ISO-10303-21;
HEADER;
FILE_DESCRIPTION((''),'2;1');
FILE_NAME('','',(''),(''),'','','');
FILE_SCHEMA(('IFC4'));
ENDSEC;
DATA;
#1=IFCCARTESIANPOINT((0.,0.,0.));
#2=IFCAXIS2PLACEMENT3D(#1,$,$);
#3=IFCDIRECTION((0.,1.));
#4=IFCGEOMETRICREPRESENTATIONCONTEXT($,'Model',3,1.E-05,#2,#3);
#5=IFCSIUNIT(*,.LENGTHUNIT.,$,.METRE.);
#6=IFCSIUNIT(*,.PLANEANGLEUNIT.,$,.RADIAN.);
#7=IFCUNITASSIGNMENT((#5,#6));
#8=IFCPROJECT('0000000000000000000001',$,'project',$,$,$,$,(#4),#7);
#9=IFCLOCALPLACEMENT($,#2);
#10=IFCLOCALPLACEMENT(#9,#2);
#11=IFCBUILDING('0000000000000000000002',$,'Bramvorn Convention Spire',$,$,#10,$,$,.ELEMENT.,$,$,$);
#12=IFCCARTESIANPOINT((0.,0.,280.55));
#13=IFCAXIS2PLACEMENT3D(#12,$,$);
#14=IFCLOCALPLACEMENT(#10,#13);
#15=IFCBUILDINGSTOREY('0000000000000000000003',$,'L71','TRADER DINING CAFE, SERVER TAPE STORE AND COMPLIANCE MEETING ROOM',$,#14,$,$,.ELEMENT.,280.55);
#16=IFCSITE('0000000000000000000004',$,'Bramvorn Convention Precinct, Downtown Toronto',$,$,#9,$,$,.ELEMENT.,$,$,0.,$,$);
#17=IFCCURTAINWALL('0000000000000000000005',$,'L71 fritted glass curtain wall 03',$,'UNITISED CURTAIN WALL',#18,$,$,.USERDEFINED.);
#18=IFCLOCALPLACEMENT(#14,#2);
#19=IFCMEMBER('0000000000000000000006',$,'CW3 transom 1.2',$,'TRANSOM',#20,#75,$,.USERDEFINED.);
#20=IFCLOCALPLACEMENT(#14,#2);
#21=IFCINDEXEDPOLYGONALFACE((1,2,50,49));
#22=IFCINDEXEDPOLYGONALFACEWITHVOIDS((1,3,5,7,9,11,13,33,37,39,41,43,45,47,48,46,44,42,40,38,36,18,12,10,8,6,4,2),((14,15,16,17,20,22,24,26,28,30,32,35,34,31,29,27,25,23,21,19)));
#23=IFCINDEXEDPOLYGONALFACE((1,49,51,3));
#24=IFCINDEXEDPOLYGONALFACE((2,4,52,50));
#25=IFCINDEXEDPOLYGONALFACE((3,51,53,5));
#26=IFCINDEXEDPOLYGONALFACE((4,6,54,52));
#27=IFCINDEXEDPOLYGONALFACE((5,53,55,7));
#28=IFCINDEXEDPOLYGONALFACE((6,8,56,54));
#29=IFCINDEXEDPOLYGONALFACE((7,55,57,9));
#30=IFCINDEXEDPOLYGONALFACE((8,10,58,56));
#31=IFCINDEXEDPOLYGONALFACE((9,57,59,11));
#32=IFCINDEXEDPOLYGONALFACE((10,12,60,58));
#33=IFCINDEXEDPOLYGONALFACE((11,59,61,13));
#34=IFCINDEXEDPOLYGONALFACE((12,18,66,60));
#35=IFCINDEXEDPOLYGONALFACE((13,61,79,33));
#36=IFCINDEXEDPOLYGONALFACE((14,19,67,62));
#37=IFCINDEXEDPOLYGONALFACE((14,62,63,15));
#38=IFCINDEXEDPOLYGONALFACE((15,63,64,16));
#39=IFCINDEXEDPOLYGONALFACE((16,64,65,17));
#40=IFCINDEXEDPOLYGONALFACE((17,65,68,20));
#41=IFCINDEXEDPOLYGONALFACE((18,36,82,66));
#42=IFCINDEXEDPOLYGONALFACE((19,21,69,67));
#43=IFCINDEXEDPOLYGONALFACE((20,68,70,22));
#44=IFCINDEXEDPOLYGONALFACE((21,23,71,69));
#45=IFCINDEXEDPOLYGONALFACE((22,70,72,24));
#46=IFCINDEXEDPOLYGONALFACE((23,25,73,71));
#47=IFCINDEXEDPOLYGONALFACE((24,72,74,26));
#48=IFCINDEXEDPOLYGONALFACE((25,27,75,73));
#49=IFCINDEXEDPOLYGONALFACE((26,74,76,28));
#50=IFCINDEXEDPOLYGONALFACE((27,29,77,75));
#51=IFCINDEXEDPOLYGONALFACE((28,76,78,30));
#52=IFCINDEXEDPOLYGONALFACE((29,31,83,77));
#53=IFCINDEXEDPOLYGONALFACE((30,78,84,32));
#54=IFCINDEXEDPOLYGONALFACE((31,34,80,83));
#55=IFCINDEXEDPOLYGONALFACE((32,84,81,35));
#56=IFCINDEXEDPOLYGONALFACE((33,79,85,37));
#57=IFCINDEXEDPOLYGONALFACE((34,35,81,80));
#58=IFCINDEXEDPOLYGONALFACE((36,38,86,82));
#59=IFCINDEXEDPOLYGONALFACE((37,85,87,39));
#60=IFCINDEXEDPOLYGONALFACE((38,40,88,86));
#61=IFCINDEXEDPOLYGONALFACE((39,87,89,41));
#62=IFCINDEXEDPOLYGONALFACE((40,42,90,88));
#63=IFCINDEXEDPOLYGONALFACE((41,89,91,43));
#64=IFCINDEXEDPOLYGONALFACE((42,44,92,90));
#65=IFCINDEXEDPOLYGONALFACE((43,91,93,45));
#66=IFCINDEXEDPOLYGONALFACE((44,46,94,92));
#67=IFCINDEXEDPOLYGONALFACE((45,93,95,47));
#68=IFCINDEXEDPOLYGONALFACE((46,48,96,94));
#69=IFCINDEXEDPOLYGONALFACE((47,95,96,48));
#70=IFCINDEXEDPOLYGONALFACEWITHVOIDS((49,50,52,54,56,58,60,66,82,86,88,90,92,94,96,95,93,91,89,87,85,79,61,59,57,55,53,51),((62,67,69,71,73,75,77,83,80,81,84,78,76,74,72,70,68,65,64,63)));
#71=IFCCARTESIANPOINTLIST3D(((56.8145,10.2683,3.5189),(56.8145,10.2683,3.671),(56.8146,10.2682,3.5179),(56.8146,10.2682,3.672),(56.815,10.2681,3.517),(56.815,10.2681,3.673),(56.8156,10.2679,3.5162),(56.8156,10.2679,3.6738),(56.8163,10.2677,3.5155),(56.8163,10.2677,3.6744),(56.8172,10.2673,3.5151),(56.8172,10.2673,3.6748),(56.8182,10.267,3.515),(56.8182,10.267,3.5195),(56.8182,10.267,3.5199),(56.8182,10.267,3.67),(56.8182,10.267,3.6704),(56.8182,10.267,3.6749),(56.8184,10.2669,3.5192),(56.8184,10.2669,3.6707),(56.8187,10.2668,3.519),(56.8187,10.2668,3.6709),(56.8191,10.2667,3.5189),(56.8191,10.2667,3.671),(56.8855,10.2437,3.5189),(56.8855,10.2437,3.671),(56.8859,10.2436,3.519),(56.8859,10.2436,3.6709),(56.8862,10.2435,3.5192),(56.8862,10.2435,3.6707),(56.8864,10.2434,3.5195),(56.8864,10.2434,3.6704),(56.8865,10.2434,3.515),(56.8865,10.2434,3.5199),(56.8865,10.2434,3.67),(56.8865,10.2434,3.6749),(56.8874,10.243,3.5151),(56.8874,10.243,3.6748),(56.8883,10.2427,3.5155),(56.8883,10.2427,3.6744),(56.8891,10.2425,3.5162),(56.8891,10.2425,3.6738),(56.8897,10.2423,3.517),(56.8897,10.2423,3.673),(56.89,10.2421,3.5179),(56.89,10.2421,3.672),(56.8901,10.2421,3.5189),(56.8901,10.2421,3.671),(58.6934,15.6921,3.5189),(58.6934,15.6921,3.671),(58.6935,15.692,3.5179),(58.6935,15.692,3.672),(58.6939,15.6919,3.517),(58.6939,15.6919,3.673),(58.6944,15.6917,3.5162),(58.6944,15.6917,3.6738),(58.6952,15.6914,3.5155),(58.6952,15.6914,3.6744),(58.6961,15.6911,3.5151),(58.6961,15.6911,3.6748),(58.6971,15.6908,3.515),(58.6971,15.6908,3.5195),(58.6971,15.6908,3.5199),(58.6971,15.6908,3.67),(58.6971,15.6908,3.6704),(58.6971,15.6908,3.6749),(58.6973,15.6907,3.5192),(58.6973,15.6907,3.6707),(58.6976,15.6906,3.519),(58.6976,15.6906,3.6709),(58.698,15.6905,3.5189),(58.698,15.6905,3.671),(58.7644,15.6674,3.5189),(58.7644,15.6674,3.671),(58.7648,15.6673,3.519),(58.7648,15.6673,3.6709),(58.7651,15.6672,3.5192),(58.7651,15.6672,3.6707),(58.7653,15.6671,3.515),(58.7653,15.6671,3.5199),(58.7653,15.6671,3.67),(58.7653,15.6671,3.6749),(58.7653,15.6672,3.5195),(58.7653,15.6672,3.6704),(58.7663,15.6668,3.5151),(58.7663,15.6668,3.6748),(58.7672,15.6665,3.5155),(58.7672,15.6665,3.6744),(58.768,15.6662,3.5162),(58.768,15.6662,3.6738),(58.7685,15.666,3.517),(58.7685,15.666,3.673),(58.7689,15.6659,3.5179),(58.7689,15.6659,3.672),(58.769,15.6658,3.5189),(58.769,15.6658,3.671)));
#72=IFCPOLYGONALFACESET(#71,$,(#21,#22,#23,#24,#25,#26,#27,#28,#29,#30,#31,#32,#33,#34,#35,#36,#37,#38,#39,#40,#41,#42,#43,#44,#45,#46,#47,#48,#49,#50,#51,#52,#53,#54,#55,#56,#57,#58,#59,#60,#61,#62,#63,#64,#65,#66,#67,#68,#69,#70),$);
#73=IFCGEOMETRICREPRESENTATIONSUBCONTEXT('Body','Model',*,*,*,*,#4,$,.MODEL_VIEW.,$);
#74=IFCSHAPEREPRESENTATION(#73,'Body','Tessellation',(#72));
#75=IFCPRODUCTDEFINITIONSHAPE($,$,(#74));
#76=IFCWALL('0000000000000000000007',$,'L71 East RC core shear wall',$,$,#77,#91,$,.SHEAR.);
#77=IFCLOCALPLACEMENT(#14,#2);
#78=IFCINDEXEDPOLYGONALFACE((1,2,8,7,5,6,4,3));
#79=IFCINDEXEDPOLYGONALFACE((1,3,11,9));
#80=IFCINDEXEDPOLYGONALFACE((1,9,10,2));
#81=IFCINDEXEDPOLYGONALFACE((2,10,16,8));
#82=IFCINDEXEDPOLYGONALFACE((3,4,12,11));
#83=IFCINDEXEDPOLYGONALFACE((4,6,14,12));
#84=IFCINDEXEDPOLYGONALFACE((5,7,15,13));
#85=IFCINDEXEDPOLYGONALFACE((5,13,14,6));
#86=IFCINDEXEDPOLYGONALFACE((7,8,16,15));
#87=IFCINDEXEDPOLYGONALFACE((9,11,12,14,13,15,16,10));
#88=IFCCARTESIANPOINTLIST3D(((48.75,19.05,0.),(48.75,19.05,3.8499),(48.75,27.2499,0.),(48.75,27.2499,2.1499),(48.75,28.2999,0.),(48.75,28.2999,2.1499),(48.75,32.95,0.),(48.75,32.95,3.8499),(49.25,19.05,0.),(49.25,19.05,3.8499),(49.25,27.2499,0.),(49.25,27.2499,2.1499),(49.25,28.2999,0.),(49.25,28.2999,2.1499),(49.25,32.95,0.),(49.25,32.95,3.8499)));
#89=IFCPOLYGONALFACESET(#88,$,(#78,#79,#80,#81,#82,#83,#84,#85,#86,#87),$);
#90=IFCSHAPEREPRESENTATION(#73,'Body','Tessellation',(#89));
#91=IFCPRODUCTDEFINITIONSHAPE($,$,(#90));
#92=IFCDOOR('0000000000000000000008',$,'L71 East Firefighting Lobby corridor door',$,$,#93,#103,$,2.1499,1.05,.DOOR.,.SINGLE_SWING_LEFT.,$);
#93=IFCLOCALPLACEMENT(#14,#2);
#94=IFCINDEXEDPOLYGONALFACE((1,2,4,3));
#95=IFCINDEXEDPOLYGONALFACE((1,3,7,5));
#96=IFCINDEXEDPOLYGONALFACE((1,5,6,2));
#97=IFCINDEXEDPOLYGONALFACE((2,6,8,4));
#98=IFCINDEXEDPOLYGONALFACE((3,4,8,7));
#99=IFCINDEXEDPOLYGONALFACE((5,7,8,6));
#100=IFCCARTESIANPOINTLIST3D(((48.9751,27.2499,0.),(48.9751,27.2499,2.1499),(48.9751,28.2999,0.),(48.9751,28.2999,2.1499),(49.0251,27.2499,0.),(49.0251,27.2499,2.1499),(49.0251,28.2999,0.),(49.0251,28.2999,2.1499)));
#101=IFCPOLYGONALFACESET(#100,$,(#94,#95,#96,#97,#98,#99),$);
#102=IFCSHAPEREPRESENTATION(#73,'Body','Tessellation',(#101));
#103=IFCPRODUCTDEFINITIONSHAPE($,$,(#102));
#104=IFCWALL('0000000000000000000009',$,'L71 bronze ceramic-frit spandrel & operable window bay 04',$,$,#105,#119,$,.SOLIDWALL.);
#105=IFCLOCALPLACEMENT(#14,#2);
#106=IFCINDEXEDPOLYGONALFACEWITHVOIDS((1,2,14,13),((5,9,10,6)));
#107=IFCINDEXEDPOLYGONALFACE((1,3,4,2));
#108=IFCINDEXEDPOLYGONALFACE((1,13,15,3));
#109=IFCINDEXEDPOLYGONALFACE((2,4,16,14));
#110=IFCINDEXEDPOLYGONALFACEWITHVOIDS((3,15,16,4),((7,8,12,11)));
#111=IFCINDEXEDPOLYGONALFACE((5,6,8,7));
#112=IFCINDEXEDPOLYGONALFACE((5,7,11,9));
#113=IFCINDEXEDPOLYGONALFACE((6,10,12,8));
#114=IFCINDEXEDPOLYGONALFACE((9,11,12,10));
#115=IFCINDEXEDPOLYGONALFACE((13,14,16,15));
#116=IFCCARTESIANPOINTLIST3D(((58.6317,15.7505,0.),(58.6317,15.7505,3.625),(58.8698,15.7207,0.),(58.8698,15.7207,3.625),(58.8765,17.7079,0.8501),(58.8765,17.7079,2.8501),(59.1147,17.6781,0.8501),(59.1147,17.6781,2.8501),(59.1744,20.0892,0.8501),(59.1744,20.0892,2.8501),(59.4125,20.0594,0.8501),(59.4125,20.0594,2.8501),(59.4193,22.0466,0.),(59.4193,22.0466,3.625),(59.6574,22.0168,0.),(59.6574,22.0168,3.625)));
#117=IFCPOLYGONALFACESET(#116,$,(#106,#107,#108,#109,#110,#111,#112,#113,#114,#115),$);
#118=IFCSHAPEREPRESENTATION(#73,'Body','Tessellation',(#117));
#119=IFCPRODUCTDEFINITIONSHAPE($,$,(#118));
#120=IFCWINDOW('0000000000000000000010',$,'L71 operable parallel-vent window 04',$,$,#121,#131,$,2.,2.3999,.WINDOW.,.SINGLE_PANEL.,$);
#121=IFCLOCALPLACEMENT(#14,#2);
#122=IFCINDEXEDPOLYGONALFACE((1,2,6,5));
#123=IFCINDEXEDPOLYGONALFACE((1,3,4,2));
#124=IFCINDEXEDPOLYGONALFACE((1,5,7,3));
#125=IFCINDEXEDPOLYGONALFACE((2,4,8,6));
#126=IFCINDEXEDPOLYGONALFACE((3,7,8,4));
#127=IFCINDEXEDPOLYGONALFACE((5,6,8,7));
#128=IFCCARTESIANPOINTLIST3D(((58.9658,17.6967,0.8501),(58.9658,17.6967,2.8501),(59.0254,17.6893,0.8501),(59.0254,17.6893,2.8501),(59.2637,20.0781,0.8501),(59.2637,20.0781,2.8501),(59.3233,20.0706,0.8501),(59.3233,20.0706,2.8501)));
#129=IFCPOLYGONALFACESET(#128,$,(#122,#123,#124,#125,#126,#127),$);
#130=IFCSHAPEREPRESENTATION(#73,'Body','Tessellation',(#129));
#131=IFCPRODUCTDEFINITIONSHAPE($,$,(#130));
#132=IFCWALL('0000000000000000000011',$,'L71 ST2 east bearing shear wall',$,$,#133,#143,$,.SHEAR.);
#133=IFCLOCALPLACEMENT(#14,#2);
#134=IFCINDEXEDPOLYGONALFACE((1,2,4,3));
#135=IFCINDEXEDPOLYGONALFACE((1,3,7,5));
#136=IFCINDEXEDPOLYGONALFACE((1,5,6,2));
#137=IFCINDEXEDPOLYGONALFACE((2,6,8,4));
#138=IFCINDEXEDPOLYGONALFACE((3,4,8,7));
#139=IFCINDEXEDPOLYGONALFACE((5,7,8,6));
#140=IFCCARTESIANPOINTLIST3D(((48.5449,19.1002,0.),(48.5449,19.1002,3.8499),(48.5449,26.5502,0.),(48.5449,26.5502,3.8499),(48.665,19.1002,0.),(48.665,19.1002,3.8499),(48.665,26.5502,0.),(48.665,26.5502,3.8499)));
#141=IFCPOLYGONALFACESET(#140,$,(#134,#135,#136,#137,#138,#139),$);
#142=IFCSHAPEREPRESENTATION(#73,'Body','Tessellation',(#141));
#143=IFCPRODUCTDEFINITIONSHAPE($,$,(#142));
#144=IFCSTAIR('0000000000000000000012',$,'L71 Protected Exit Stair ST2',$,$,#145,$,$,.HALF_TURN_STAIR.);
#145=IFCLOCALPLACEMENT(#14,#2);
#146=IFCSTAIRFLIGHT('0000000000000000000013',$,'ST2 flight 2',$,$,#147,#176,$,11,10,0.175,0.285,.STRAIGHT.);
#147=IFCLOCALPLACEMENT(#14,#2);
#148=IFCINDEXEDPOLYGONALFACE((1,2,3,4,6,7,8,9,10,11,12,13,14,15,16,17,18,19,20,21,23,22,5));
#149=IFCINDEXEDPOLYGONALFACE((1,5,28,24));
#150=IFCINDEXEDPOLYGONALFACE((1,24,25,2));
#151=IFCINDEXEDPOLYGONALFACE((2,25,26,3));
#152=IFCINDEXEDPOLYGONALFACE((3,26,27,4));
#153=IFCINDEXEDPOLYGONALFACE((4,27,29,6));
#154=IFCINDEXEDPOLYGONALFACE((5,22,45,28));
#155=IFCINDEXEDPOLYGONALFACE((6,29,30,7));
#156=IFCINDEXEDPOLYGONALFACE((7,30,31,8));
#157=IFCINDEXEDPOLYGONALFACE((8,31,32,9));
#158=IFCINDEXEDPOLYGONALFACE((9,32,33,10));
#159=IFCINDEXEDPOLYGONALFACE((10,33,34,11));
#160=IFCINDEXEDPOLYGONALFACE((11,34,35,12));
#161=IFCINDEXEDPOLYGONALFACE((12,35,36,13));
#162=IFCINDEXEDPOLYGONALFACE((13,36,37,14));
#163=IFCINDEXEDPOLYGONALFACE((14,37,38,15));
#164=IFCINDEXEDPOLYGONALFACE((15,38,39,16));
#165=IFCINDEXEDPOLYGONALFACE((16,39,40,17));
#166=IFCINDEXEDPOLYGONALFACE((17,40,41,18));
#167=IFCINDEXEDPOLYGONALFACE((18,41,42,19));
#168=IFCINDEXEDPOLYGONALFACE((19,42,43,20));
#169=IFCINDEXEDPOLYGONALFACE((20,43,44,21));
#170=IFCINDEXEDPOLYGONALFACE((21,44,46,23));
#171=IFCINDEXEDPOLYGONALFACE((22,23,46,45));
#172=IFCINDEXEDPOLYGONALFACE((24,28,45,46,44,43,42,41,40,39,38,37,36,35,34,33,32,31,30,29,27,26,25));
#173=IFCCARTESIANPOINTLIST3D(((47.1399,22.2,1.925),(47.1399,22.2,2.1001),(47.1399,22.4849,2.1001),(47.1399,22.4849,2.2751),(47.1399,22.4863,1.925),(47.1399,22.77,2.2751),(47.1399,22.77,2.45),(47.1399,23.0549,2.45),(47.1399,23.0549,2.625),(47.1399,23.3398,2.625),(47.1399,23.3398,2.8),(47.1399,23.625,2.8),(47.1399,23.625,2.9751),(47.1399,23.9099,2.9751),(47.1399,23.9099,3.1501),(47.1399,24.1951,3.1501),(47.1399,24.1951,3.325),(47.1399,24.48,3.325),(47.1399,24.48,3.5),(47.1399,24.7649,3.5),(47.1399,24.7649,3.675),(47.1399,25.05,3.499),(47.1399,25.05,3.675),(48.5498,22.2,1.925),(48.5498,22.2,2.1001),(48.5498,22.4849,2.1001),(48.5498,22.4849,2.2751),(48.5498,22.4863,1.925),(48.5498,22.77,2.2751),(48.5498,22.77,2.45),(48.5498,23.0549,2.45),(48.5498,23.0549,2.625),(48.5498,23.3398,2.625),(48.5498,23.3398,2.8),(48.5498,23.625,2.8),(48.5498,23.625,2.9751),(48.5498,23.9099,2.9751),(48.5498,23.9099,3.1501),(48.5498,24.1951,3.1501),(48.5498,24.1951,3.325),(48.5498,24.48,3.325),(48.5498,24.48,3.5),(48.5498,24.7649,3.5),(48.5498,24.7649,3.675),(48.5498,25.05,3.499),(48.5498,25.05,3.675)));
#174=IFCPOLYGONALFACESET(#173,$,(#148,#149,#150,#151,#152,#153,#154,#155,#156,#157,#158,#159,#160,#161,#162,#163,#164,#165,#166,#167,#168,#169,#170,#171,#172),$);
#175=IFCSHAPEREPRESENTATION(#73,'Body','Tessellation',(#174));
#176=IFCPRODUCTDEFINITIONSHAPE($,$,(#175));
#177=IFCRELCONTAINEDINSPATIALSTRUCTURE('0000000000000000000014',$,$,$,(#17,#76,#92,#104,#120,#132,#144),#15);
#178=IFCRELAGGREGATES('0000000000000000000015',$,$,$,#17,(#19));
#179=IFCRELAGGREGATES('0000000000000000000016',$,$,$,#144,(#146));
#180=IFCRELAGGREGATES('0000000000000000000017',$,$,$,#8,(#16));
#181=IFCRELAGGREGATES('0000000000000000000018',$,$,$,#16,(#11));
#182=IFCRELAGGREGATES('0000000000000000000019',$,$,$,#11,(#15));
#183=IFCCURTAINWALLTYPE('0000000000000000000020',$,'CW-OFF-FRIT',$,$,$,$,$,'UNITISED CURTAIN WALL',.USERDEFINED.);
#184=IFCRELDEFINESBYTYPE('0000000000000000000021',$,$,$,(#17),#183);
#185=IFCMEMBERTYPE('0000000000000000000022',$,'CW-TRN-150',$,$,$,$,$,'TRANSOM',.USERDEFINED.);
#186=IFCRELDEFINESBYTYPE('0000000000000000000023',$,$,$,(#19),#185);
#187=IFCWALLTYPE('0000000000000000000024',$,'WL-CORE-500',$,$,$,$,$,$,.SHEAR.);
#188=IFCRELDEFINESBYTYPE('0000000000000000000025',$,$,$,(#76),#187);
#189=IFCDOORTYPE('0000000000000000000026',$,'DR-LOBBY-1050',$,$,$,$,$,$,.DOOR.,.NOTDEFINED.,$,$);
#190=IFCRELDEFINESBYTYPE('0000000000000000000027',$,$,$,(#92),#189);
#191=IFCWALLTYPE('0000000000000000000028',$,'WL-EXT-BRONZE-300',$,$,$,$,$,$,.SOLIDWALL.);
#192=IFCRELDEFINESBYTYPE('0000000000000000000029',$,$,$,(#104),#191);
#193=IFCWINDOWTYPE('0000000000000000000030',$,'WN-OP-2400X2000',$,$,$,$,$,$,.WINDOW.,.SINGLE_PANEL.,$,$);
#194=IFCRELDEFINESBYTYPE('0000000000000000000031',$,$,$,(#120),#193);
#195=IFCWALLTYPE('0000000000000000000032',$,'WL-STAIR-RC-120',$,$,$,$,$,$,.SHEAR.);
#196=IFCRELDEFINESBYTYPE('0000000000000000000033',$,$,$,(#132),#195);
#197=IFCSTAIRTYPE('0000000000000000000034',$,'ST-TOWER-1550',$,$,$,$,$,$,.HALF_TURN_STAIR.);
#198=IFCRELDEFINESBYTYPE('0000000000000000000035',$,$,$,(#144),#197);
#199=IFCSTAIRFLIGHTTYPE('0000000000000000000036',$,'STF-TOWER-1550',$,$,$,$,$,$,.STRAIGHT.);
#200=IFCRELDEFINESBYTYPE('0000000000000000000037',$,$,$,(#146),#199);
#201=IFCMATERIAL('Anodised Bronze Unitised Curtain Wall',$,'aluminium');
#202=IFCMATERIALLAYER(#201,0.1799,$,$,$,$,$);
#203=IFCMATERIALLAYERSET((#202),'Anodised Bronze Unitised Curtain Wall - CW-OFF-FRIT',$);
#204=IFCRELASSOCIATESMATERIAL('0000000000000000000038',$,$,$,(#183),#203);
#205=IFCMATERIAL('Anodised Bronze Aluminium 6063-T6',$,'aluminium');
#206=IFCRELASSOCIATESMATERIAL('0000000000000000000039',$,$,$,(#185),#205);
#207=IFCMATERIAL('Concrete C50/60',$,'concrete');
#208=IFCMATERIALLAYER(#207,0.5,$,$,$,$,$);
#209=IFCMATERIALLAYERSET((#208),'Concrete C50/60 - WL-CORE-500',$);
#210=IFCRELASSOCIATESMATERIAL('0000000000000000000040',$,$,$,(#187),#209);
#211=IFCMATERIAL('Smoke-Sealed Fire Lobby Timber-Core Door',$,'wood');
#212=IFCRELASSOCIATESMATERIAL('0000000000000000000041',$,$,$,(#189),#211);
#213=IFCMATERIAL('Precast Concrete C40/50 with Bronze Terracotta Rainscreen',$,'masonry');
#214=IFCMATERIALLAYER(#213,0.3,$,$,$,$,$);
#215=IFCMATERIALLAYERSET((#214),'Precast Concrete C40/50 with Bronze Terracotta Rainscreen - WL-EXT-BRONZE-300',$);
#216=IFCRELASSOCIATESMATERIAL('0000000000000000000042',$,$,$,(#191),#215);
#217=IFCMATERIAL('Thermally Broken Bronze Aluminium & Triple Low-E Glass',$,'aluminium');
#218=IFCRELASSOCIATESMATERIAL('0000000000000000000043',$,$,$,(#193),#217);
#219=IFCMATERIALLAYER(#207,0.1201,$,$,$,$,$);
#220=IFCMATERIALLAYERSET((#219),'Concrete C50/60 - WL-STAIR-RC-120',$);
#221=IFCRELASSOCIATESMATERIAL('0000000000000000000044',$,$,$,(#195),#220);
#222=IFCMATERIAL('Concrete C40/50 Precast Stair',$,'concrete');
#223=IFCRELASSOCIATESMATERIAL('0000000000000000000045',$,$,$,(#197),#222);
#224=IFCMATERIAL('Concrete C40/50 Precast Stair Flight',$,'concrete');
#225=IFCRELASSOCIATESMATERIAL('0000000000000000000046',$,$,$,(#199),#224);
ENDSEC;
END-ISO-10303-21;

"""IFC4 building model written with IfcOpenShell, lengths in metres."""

from ifc_helpers import new_model, si_unit, direction, frame, frame_2d, origin, origin_2d, place, context, subcontext, project, spatial, polyline, rectangle, hollow_rectangle, outline, extrude, material, layer, layer_set, material_profile, profile_set, type_object, element, fill, aggregate, save


model = new_model("IFC4")

# Units and contexts
model_context = context("Model", 3, precision=1e-05, world=origin(), true_north=direction((0.0, 1.0)))
body_context = subcontext(model_context, "Body", "Model", "MODEL_VIEW")
ifc_project = project(units=[si_unit("LENGTHUNIT", "METRE"), si_unit("PLANEANGLEUNIT", "RADIAN")], contexts=[model_context])

# Site, building, storey
site_placement = place(None, origin())
site = spatial("IfcSite", under=ifc_project, at=site_placement, Name="Bramvorn Convention Precinct, Downtown Toronto", CompositionType="ELEMENT", RefElevation=0.0)
building_placement = place(site_placement, origin())
building = spatial("IfcBuilding", under=site, at=building_placement, Name="Bramvorn Convention Spire", CompositionType="ELEMENT")
storey_placement = place(building_placement, frame((0.0, 0.0, 280.55)))
storey = spatial("IfcBuildingStorey", under=building, at=storey_placement, Name="L71", Description="TRADER DINING CAFE, SERVER TAPE STORE AND COMPLIANCE MEETING ROOM", CompositionType="ELEMENT", Elevation=280.55)

# Curtain wall, member
ifc_material_1 = material(Name="Anodised Bronze Unitised Curtain Wall", Category="aluminium")
ifc_layer_1 = layer(ifc_material_1, 0.1799)
ifc_layer_set_1 = layer_set([ifc_layer_1], Name="Anodised Bronze Unitised Curtain Wall - CW-OFF-FRIT")
curtain_wall_type = type_object("IfcCurtainWallType", Name="CW-OFF-FRIT", ElementType="UNITISED CURTAIN WALL", PredefinedType="USERDEFINED", material=ifc_layer_set_1)
curtain_wall_placement = place(storey_placement, origin())
curtain_wall = element("IfcCurtainWall", 1, at=curtain_wall_placement, inside=storey, type_object=curtain_wall_type, Name="L71 fritted glass curtain wall 03", ObjectType="UNITISED CURTAIN WALL", PredefinedType="USERDEFINED")
ifc_material_2 = material(Name="Anodised Bronze Aluminium 6063-T6", Category="aluminium")
ifc_material_profile_1 = material_profile(ifc_material_2, hollow_rectangle(XDim=0.0801, YDim=0.1599, WallThickness=0.0039, InnerFilletRadius=0.001, OuterFilletRadius=0.0039, at=origin_2d()))
ifc_profile_set_1 = profile_set([ifc_material_profile_1], Name="Anodised Bronze Aluminium 6063-T6 - CWT80X160")
member_type_1 = type_object("IfcMemberType", Name="CW-TRN-150", ElementType="TRANSOM", PredefinedType="USERDEFINED", material=ifc_profile_set_1)
member_1_placement = place(storey_placement, frame((58.7312, 15.679, 3.595), z_axis=(-0.327333, -0.944909, 0.0), x_axis=(0.944909, -0.327333, 0.0)))
member_1 = element("IfcMember", 2, at=member_1_placement, type_object=member_type_1, Name="CW3 transom 1.2", ObjectType="TRANSOM", PredefinedType="USERDEFINED", context=body_context, shape_type="SweptSolid", body=[
    extrude(hollow_rectangle(XDim=0.0801, YDim=0.1599, WallThickness=0.0039, InnerFilletRadius=0.001, OuterFilletRadius=0.0039, at=origin_2d()), origin(), (0.0, 0.0, 1.0), 5.74),
])
aggregate(curtain_wall, [member_1])

# Wall, opening, door
ifc_material_3 = material(Name="Concrete C50/60", Category="concrete")
ifc_layer_2 = layer(ifc_material_3, 0.5)
ifc_layer_set_2 = layer_set([ifc_layer_2], Name="Concrete C50/60 - WL-CORE-500")
wall_type_1 = type_object("IfcWallType", Name="WL-CORE-500", PredefinedType="SHEAR", material=ifc_layer_set_2)
wall_1_placement = place(storey_placement, frame((49.0, 19.05, 0.0), z_axis=(0.0, 0.0, 1.0), x_axis=(0.0, 1.0, 0.0)))
wall_1 = element("IfcWall", 3, at=wall_1_placement, inside=storey, type_object=wall_type_1, Name="L71 East RC core shear wall", PredefinedType="SHEAR", context=body_context, shape_type="SweptSolid", body=[
    extrude(rectangle(XDim=13.8999, YDim=0.5, at=frame_2d((6.95, 0.0))), origin(), (0.0, 0.0, 1.0), 3.8499),
])
opening_1_placement = place(wall_1_placement, frame((8.2, 0.0, 0.0)))
opening_1 = element("IfcOpeningElement", 4, at=opening_1_placement, cuts=wall_1, PredefinedType="OPENING", context=body_context, shape_type="SweptSolid", body=[
    extrude(rectangle(XDim=1.05, YDim=2.1499, at=frame_2d((0.5249, 1.075))), frame((0.0, 0.26, 0.0), z_axis=(0.0, -1.0, 0.0), x_axis=(1.0, 0.0, 0.0)), (0.0, 0.0, 1.0), 0.52),
])
ifc_material_4 = material(Name="Smoke-Sealed Fire Lobby Timber-Core Door", Category="wood")
door_type = type_object("IfcDoorType", Name="DR-LOBBY-1050", OperationType="NOTDEFINED", PredefinedType="DOOR", material=ifc_material_4)
door_placement = place(opening_1_placement, origin())
door = element("IfcDoor", 5, at=door_placement, inside=storey, type_object=door_type, Name="L71 East Firefighting Lobby corridor door", OperationType="SINGLE_SWING_LEFT", OverallHeight=2.1499, OverallWidth=1.05, PredefinedType="DOOR", context=body_context, shape_type="SweptSolid", body=[
    extrude(rectangle(XDim=1.05, YDim=2.1499, at=frame_2d((0.5249, 1.075))), frame((0.0, 0.0249, 0.0), z_axis=(0.0, -1.0, 0.0), x_axis=(1.0, 0.0, 0.0)), (0.0, 0.0, 1.0), 0.05),
])
fill(opening_1, door)

# Wall, opening, window
ifc_material_5 = material(Name="Precast Concrete C40/50 with Bronze Terracotta Rainscreen", Category="masonry")
ifc_layer_3 = layer(ifc_material_5, 0.3)
ifc_layer_set_3 = layer_set([ifc_layer_3], Name="Precast Concrete C40/50 with Bronze Terracotta Rainscreen - WL-EXT-BRONZE-300")
wall_type_2 = type_object("IfcWallType", Name="WL-EXT-BRONZE-300", PredefinedType="SOLIDWALL", material=ifc_layer_set_3)
wall_2_placement = place(storey_placement, frame((59.5383, 22.0317, 0.0), z_axis=(0.0, 0.0, 1.0), x_axis=(-0.124125, -0.992267, 0.0)))
wall_2 = element("IfcWall", 6, at=wall_2_placement, inside=storey, type_object=wall_type_2, Name="L71 bronze ceramic-frit spandrel & operable window bay 04", PredefinedType="SOLIDWALL", context=body_context, shape_type="SweptSolid", body=[
    extrude(rectangle(XDim=6.3452, YDim=0.24, at=frame_2d((3.1726, 0.0))), origin(), (0.0, 0.0, 1.0), 3.625),
])
opening_2_placement = place(wall_2_placement, frame((1.9727, 0.0, 0.8501)))
opening_2 = element("IfcOpeningElement", 7, at=opening_2_placement, cuts=wall_2, PredefinedType="OPENING", context=body_context, shape_type="SweptSolid", body=[
    extrude(rectangle(XDim=2.3999, YDim=2.0, at=frame_2d((1.2, 1.0))), frame((0.0, 0.1299, 0.0), z_axis=(0.0, -1.0, 0.0), x_axis=(1.0, 0.0, 0.0)), (0.0, 0.0, 1.0), 0.26),
])
ifc_material_6 = material(Name="Thermally Broken Bronze Aluminium & Triple Low-E Glass", Category="aluminium")
window_type = type_object("IfcWindowType", Name="WN-OP-2400X2000", PartitioningType="SINGLE_PANEL", PredefinedType="WINDOW", material=ifc_material_6)
window_placement = place(opening_2_placement, origin())
window = element("IfcWindow", 8, at=window_placement, inside=storey, type_object=window_type, Name="L71 operable parallel-vent window 04", OverallHeight=2.0, OverallWidth=2.3999, PartitioningType="SINGLE_PANEL", PredefinedType="WINDOW", context=body_context, shape_type="SweptSolid", body=[
    extrude(rectangle(XDim=2.3999, YDim=2.0, at=frame_2d((1.2, 1.0))), frame((0.0, 0.03, 0.0), z_axis=(0.0, -1.0, 0.0), x_axis=(1.0, 0.0, 0.0)), (0.0, 0.0, 1.0), 0.0601),
])
fill(opening_2, window)

# Wall
ifc_layer_4 = layer(ifc_material_3, 0.1201)
ifc_layer_set_4 = layer_set([ifc_layer_4], Name="Concrete C50/60 - WL-STAIR-RC-120")
wall_type_3 = type_object("IfcWallType", Name="WL-STAIR-RC-120", PredefinedType="SHEAR", material=ifc_layer_set_4)
wall_3_placement = place(storey_placement, frame((48.605, 19.1001, 0.0), z_axis=(0.0, 0.0, 1.0), x_axis=(0.0, 1.0, 0.0)))
element("IfcWall", 9, at=wall_3_placement, inside=storey, type_object=wall_type_3, Name="L71 ST2 east bearing shear wall", PredefinedType="SHEAR", context=body_context, shape_type="SweptSolid", body=[
    extrude(rectangle(XDim=7.45, YDim=0.1201, at=frame_2d((3.7251, 0.0))), origin(), (0.0, 0.0, 1.0), 3.8499),
])

# Stair, stair flight
ifc_material_7 = material(Name="Concrete C40/50 Precast Stair", Category="concrete")
stair_type = type_object("IfcStairType", Name="ST-TOWER-1550", PredefinedType="HALF_TURN_STAIR", material=ifc_material_7)
stair_placement = place(storey_placement, origin())
stair = element("IfcStair", 10, at=stair_placement, inside=storey, type_object=stair_type, Name="L71 Protected Exit Stair ST2", PredefinedType="HALF_TURN_STAIR")
ifc_material_8 = material(Name="Concrete C40/50 Precast Stair Flight", Category="concrete")
stair_flight_type = type_object("IfcStairFlightType", Name="STF-TOWER-1550", PredefinedType="STRAIGHT", material=ifc_material_8)
stair_flight_placement = place(storey_placement, frame((47.845, 22.2, 1.925), z_axis=(0.0, 0.0, 1.0), x_axis=(0.0, 1.0, 0.0)))
stair_flight = element("IfcStairFlight", 11, at=stair_flight_placement, type_object=stair_flight_type, Name="ST2 flight 2", NumberOfRisers=11, NumberOfTreads=10, PredefinedType="STRAIGHT", RiserHeight=0.175, TreadLength=0.285, context=body_context, shape_type="SweptSolid", body=[
    extrude(outline(polyline([(0.0, 0.0), (0.0, 0.175), (0.2849, 0.175), (0.2849, 0.3501), (0.5701, 0.3501), (0.5701, 0.5249), (0.855, 0.5249), (0.855, 0.7), (1.1399, 0.7), (1.1399, 0.875), (1.425, 0.875), (1.425, 1.05), (1.71, 1.05), (1.71, 1.2251), (1.9951, 1.2251), (1.9951, 1.3999), (2.28, 1.3999), (2.28, 1.575), (2.5649, 1.575), (2.5649, 1.75), (2.8501, 1.75), (2.8501, 1.925), (2.8501, 1.574), (0.2864, 0.0), (0.0, 0.0)])), frame((0.0, 0.7051, 0.0), z_axis=(0.0, -1.0, 0.0), x_axis=(1.0, 0.0, 0.0)), (0.0, 0.0, 1.0), 1.4099),
])
aggregate(stair, [stair_flight])

save(model, "model.ifc")
